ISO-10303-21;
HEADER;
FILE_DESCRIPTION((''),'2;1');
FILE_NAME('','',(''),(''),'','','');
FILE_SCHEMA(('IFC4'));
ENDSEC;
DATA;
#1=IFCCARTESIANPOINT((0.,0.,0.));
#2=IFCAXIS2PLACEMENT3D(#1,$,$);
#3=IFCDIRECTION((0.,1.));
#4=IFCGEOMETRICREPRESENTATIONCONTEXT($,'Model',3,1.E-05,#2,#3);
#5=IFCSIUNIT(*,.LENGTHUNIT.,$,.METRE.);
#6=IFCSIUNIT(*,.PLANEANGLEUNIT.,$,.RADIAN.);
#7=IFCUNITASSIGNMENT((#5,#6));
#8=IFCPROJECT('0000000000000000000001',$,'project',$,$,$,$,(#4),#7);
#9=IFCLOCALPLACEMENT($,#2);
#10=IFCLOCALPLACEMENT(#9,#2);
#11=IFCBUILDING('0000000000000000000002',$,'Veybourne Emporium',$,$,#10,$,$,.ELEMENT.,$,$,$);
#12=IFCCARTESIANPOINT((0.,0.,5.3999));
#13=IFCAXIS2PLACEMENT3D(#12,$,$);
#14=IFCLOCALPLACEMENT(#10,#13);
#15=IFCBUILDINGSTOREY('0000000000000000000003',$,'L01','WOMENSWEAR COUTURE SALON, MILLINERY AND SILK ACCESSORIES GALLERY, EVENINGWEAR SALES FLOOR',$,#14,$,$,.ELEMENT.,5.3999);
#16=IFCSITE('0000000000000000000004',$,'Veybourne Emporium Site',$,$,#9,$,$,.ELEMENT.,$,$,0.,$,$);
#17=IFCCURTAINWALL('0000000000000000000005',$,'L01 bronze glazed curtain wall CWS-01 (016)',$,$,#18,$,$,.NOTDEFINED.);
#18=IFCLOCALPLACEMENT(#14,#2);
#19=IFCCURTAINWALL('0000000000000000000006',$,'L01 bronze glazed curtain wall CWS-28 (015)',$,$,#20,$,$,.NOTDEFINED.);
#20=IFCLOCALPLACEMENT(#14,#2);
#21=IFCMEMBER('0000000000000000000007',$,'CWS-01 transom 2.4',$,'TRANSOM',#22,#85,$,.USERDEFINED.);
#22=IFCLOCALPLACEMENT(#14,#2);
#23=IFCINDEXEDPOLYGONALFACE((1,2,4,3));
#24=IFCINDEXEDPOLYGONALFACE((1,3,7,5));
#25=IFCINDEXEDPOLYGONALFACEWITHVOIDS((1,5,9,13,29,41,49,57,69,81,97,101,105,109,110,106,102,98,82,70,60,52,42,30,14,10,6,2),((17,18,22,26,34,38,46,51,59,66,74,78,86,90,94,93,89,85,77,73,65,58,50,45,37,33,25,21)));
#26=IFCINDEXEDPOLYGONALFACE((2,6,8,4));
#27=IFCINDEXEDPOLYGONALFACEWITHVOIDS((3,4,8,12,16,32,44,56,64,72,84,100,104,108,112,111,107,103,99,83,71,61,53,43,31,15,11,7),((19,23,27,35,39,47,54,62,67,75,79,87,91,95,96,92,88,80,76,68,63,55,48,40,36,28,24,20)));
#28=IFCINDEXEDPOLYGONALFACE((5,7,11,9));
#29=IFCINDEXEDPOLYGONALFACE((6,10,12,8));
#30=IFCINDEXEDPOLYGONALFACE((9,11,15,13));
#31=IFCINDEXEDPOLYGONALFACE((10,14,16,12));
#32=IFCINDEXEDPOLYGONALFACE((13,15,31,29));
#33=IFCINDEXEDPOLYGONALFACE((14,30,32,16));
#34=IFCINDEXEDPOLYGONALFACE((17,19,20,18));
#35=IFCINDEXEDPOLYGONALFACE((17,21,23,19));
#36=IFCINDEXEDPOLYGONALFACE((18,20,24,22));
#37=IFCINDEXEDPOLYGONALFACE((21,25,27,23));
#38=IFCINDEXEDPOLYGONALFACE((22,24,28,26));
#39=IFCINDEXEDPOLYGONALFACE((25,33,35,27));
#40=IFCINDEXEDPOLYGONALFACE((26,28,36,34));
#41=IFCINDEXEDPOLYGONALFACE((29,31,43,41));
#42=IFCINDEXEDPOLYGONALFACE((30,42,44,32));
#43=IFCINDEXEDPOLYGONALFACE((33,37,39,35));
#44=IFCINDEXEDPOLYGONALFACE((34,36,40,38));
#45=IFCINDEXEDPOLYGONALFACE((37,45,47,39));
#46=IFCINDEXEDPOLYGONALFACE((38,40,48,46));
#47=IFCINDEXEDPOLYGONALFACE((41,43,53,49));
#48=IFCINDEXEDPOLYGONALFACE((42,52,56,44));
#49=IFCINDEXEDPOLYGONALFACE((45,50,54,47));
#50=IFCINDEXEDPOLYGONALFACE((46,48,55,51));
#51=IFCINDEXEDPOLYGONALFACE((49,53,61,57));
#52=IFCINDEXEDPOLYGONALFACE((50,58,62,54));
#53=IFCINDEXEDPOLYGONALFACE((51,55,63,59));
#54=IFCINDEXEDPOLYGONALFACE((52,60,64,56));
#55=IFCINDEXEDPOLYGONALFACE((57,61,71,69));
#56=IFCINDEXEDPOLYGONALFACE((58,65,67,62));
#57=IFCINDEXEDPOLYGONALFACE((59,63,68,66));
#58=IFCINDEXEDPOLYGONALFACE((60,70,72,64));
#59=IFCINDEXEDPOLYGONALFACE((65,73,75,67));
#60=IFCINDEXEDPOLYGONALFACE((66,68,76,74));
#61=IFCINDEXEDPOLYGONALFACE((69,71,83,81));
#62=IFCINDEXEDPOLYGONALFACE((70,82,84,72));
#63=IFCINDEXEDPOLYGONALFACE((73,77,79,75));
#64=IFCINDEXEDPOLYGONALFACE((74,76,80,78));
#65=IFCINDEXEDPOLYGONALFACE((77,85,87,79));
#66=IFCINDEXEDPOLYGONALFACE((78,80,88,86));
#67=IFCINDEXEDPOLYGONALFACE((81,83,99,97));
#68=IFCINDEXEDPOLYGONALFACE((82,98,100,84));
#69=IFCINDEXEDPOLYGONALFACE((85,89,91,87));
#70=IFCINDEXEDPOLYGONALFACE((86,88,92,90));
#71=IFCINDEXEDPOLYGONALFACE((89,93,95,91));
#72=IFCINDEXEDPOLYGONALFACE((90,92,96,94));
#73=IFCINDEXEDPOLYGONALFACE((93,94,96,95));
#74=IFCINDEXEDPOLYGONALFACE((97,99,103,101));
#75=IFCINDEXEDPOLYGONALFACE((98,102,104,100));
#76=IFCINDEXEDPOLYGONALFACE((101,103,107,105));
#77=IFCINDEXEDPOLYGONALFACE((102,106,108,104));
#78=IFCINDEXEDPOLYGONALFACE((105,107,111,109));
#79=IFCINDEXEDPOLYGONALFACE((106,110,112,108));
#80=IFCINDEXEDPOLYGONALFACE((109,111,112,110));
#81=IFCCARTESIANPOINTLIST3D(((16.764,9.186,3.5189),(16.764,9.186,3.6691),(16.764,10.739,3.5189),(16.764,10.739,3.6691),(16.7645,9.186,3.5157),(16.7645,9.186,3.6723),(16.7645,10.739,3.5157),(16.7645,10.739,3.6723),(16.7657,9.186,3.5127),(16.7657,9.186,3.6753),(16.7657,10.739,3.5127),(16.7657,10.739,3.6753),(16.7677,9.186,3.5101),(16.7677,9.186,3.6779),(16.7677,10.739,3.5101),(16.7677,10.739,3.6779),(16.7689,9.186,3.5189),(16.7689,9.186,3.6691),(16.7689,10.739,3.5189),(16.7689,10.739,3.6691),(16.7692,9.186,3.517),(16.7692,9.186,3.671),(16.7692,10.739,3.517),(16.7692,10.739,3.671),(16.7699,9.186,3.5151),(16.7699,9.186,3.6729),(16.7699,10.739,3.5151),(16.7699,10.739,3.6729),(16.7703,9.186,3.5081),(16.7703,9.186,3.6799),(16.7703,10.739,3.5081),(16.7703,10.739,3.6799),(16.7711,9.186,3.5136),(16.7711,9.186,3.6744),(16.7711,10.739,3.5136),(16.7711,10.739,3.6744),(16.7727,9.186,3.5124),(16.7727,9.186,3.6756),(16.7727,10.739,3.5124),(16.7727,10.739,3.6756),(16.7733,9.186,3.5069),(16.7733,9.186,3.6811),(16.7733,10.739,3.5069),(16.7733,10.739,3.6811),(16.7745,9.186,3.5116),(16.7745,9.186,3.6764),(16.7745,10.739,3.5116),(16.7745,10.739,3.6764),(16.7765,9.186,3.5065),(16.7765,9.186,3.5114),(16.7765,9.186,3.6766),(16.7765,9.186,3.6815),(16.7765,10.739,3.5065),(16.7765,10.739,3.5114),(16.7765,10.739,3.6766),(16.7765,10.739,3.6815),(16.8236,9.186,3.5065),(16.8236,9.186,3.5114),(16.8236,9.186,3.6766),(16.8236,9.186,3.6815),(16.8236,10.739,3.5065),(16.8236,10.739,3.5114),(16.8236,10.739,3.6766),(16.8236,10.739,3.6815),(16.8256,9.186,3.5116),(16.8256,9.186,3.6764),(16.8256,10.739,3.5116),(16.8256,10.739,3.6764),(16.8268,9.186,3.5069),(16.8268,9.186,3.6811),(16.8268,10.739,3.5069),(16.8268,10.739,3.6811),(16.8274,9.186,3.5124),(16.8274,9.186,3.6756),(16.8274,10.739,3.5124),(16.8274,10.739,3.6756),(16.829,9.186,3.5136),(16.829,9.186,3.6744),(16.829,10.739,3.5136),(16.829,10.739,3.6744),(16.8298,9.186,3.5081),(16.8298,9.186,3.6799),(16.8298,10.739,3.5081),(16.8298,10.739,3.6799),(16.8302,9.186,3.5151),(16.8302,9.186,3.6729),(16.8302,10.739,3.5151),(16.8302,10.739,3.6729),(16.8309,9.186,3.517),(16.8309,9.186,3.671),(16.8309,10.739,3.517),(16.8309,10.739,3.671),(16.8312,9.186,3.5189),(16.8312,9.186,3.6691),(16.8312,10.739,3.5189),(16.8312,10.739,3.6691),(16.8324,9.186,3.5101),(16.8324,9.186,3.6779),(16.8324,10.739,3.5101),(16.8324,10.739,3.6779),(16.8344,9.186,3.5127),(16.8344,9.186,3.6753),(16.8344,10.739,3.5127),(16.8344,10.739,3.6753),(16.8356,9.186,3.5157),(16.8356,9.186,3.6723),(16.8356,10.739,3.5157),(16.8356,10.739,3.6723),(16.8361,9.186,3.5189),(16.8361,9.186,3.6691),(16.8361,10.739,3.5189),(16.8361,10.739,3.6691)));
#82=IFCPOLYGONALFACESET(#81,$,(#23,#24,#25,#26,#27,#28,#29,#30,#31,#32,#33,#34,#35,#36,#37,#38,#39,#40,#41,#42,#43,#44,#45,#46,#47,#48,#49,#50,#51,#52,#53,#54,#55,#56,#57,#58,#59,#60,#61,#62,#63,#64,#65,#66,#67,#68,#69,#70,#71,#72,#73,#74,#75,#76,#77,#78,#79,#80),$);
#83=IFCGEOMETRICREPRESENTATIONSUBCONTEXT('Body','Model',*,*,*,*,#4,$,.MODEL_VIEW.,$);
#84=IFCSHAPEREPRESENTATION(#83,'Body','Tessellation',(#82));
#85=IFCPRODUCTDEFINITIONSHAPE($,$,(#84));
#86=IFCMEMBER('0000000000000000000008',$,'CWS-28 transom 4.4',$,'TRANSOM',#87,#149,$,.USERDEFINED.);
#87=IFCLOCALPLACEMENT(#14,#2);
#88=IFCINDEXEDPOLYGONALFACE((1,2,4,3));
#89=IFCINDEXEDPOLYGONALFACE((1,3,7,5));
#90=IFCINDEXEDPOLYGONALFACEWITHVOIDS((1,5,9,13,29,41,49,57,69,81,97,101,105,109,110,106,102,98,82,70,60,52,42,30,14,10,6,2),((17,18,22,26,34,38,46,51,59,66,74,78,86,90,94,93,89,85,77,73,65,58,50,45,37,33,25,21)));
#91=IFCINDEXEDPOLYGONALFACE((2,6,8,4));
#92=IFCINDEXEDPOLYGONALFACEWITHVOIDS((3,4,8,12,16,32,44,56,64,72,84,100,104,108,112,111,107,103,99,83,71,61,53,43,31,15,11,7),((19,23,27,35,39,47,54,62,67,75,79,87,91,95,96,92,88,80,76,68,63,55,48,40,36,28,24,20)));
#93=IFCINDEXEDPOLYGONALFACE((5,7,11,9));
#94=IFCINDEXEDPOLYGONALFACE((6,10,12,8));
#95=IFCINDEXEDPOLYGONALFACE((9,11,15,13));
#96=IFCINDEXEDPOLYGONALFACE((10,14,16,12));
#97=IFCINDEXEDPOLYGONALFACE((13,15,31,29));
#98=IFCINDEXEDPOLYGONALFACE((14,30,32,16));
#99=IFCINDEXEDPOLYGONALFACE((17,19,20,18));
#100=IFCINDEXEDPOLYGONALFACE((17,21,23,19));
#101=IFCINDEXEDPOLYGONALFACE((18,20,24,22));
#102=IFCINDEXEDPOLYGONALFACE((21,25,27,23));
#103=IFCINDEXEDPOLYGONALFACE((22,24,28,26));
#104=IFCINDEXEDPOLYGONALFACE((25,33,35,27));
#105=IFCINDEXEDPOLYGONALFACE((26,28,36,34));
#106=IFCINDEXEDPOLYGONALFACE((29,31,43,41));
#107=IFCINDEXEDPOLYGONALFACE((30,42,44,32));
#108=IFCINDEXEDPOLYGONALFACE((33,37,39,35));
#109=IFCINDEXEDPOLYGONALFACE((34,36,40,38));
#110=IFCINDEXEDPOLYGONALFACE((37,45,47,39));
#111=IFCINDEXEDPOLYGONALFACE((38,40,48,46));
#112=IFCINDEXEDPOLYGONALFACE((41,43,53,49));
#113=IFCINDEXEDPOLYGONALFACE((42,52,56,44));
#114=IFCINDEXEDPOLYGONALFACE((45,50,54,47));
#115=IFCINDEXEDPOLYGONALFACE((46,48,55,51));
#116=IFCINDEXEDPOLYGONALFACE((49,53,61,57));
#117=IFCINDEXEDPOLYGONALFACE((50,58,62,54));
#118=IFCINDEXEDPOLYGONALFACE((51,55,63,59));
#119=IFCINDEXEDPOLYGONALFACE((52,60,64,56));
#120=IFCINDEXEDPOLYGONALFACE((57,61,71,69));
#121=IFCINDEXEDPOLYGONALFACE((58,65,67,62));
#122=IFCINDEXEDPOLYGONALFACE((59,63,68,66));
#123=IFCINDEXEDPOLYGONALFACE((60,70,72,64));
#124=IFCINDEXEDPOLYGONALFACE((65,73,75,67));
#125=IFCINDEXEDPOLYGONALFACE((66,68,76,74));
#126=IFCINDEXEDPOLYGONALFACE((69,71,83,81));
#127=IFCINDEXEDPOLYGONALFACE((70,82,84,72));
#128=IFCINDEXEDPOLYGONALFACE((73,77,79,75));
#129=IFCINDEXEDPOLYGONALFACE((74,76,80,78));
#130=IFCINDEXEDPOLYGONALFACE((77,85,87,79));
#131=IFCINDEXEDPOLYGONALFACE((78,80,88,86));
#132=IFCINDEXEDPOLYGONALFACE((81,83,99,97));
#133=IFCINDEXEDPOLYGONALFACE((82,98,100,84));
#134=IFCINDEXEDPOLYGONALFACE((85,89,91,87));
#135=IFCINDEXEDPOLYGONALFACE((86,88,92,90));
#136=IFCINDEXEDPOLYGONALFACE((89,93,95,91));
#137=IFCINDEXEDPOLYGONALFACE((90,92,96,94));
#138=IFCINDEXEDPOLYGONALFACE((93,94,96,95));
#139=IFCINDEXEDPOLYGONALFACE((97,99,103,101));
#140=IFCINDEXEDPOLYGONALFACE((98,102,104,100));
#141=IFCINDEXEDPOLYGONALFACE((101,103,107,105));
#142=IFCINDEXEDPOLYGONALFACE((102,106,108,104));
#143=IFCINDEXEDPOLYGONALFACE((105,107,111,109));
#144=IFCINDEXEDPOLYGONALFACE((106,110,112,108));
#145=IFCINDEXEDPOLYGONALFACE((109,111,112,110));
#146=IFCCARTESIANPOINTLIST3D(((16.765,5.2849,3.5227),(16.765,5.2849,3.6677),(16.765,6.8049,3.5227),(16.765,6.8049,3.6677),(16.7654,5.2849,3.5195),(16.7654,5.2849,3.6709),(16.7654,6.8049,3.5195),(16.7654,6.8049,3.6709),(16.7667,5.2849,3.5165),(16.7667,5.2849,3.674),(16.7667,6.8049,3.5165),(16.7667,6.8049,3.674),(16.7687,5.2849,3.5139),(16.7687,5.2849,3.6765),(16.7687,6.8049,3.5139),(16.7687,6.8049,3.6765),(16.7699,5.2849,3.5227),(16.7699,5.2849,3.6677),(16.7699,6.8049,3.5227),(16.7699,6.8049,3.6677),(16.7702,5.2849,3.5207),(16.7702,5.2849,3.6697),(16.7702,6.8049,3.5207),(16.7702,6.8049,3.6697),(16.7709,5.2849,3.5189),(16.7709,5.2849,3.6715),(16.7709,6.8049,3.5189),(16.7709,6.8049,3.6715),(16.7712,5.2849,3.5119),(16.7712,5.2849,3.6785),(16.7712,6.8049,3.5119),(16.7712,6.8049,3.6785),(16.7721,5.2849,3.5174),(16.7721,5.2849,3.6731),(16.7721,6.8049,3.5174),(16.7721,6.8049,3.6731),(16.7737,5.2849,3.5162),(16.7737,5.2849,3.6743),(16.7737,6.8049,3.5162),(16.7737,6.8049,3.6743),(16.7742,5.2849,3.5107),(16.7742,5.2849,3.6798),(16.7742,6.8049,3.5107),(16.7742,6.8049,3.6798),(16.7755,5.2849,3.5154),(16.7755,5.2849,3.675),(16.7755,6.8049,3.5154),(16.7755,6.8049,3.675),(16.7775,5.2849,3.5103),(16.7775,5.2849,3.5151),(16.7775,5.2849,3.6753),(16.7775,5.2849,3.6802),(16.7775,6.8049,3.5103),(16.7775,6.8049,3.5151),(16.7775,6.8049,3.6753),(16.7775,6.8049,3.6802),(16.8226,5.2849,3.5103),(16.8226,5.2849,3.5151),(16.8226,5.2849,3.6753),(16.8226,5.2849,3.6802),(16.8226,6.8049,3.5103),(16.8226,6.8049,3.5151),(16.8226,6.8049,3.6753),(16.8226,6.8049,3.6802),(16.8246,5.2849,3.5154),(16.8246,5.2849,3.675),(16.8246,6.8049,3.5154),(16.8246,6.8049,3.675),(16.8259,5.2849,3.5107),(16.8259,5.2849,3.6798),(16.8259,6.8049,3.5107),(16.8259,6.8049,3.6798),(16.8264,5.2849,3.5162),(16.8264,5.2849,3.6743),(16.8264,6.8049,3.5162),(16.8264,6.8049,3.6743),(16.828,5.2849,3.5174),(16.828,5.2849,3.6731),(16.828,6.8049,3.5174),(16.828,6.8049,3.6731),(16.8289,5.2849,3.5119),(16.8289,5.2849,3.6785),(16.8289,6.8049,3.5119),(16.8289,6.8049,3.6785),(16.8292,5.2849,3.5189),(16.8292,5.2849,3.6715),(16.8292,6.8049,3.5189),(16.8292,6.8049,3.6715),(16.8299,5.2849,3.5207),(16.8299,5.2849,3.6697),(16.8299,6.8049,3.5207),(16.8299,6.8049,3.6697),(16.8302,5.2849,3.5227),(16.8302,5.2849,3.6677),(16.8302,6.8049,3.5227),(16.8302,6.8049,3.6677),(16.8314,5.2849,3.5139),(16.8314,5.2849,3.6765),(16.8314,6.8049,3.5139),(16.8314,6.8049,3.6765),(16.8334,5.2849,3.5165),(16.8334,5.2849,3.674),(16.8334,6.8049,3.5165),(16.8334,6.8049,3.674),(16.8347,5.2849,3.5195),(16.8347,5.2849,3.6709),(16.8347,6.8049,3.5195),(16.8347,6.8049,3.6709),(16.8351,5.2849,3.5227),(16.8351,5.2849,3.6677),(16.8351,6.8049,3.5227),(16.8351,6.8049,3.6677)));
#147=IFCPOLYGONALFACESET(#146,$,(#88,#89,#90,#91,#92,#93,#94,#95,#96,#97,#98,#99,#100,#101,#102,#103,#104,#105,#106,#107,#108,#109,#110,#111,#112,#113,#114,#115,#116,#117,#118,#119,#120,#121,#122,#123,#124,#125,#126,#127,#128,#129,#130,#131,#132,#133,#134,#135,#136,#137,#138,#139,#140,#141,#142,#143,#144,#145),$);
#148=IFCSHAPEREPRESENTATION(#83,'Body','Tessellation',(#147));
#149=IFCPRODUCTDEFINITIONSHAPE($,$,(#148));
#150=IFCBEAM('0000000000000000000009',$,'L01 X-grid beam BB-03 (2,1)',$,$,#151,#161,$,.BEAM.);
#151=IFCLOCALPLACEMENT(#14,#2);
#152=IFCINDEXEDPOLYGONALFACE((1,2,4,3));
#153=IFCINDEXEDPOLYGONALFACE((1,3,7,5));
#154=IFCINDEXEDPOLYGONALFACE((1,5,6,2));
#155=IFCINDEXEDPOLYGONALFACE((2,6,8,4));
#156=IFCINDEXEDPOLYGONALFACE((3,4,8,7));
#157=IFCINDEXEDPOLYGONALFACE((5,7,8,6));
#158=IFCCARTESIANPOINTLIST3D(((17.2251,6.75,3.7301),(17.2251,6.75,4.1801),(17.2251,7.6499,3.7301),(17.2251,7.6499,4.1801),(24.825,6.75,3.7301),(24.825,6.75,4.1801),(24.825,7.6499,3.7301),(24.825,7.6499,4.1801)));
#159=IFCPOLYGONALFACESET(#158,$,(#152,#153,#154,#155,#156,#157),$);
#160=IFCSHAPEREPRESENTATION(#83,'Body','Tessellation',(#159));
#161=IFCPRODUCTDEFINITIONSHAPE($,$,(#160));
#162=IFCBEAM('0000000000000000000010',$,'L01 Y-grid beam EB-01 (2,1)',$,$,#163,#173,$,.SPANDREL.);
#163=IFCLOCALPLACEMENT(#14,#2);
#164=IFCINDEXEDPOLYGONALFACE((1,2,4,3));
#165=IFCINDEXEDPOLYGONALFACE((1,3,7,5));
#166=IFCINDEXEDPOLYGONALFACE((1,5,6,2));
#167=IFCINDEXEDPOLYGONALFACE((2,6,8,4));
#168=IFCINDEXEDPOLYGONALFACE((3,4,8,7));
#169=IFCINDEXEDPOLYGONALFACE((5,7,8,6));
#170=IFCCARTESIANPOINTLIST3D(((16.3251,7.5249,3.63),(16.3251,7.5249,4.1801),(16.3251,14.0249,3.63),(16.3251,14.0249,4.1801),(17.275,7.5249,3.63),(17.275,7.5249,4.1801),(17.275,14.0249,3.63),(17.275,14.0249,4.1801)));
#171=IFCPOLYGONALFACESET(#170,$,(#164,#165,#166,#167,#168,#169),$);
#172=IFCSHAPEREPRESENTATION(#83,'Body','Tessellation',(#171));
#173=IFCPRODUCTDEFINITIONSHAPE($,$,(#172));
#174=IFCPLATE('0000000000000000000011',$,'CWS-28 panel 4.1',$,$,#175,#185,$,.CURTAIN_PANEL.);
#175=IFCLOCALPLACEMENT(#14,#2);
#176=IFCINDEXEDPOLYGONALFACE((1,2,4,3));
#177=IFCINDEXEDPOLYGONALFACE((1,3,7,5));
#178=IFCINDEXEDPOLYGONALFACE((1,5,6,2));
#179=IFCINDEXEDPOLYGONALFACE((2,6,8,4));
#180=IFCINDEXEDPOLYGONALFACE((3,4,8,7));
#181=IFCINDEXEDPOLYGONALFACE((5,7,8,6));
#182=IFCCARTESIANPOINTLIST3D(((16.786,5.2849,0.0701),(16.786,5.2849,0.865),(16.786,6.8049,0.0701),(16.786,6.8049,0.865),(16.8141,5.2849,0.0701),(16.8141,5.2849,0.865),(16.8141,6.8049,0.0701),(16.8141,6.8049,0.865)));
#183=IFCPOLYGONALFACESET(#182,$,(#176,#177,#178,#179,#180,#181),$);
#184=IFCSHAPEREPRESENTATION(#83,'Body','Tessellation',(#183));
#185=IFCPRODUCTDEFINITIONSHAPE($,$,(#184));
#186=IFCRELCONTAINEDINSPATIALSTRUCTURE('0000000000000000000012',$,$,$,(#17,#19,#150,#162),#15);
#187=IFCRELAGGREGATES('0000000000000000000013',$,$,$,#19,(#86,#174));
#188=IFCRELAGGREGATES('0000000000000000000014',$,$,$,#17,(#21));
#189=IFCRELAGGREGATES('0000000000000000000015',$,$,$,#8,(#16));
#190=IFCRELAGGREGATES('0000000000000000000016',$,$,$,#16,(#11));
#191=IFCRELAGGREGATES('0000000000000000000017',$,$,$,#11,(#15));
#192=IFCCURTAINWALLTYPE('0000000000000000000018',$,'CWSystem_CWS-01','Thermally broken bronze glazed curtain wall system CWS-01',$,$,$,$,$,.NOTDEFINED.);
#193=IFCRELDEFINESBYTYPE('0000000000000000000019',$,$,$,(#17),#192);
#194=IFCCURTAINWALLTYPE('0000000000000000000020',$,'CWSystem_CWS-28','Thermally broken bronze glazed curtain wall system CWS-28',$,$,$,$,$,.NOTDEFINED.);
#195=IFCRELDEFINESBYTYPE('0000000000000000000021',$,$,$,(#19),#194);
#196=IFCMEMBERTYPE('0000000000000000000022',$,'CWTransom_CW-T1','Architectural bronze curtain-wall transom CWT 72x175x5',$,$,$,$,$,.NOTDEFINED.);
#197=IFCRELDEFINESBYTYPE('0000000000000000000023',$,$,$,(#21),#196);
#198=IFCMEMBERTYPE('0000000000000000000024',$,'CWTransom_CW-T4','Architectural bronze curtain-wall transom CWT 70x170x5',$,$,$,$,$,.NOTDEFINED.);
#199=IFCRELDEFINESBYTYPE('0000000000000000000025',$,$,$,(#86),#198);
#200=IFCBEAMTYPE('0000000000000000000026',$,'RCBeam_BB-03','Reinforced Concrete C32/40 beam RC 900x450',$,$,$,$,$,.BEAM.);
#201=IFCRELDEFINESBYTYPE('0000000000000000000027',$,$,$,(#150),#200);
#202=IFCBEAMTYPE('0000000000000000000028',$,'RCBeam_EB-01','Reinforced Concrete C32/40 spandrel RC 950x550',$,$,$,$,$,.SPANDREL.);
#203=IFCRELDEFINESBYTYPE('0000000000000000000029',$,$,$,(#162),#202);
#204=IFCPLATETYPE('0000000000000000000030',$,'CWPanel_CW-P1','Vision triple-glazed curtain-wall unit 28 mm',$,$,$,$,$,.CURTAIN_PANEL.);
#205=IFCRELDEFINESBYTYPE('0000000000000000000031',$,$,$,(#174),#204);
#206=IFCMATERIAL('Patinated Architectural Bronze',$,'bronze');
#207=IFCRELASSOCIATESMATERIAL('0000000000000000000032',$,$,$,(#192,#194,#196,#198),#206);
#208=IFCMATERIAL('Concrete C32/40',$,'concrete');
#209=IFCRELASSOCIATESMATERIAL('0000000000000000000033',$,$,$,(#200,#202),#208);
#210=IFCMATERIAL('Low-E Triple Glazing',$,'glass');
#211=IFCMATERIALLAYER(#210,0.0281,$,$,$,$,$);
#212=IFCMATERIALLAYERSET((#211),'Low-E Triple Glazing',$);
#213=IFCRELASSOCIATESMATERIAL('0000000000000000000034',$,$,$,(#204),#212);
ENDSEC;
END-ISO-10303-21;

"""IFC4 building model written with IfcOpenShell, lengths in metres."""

from ifc_helpers import new_model, si_unit, direction, frame, origin, origin_2d, place, context, subcontext, project, spatial, rectangle, hollow_rectangle, extrude, material, layer, layer_set, material_profile, profile_set, type_object, element, aggregate, save


model = new_model("IFC4")

# Units and contexts
model_context = context("Model", 3, precision=1e-05, world=origin(), true_north=direction((0.0, 1.0)))
body_context = subcontext(model_context, "Body", "Model", "MODEL_VIEW")
ifc_project = project(units=[si_unit("LENGTHUNIT", "METRE"), si_unit("PLANEANGLEUNIT", "RADIAN")], contexts=[model_context])

# Site, building, storey
site_placement = place(None, origin())
site = spatial("IfcSite", under=ifc_project, at=site_placement, Name="Veybourne Emporium Site", CompositionType="ELEMENT", RefElevation=0.0)
building_placement = place(site_placement, origin())
building = spatial("IfcBuilding", under=site, at=building_placement, Name="Veybourne Emporium", CompositionType="ELEMENT")
storey_placement = place(building_placement, frame((0.0, 0.0, 5.3999)))
storey = spatial("IfcBuildingStorey", under=building, at=storey_placement, Name="L01", Description="WOMENSWEAR COUTURE SALON, MILLINERY AND SILK ACCESSORIES GALLERY, EVENINGWEAR SALES FLOOR", CompositionType="ELEMENT", Elevation=5.3999)

# Curtain wall
ifc_material_1 = material(Name="Patinated Architectural Bronze", Category="bronze")
curtain_wall_type_1 = type_object("IfcCurtainWallType", Name="CWSystem_CWS-01", Description="Thermally broken bronze glazed curtain wall system CWS-01", PredefinedType="NOTDEFINED", material=ifc_material_1)
curtain_wall_1_placement = place(storey_placement, origin())
curtain_wall_1 = element("IfcCurtainWall", 1, at=curtain_wall_1_placement, inside=storey, type_object=curtain_wall_type_1, Name="L01 bronze glazed curtain wall CWS-01 (016)", PredefinedType="NOTDEFINED")

# Curtain wall
curtain_wall_type_2 = type_object("IfcCurtainWallType", Name="CWSystem_CWS-28", Description="Thermally broken bronze glazed curtain wall system CWS-28", PredefinedType="NOTDEFINED", material=ifc_material_1)
curtain_wall_2_placement = place(storey_placement, origin())
curtain_wall_2 = element("IfcCurtainWall", 2, at=curtain_wall_2_placement, inside=storey, type_object=curtain_wall_type_2, Name="L01 bronze glazed curtain wall CWS-28 (015)", PredefinedType="NOTDEFINED")

# Members
ifc_material_profile_1 = material_profile(ifc_material_1, hollow_rectangle(XDim=0.072, YDim=0.175, WallThickness=0.0049, InnerFilletRadius=0.0076, OuterFilletRadius=0.0125, at=origin_2d()), Name="CWT 72x175x5")
ifc_profile_set_1 = profile_set([ifc_material_profile_1], Name="Patinated Architectural Bronze")
member_type_1 = type_object("IfcMemberType", Name="CWTransom_CW-T1", Description="Architectural bronze curtain-wall transom CWT 72x175x5", PredefinedType="NOTDEFINED", material=ifc_profile_set_1)
member_1_placement = place(storey_placement, frame((16.8, 9.186, 3.594), z_axis=(0.0, 1.0, 0.0), x_axis=(-1.0, 0.0, 0.0)))
member_1 = element("IfcMember", 3, at=member_1_placement, type_object=member_type_1, Name="CWS-01 transom 2.4", ObjectType="TRANSOM", PredefinedType="USERDEFINED", context=body_context, shape_type="SweptSolid", body=[
    extrude(hollow_rectangle(XDim=0.072, YDim=0.175, WallThickness=0.0049, InnerFilletRadius=0.0076, OuterFilletRadius=0.0125, at=origin_2d()), origin(), (0.0, 0.0, 1.0), 1.553),
])
ifc_material_profile_2 = material_profile(ifc_material_1, hollow_rectangle(XDim=0.0701, YDim=0.1699, WallThickness=0.0049, InnerFilletRadius=0.0076, OuterFilletRadius=0.0125, at=origin_2d()), Name="CWT 70x170x5")
ifc_profile_set_2 = profile_set([ifc_material_profile_2], Name="Patinated Architectural Bronze")
member_type_2 = type_object("IfcMemberType", Name="CWTransom_CW-T4", Description="Architectural bronze curtain-wall transom CWT 70x170x5", PredefinedType="NOTDEFINED", material=ifc_profile_set_2)
member_2_placement = place(storey_placement, frame((16.8, 5.2849, 3.5952), z_axis=(0.0, 1.0, 0.0), x_axis=(-1.0, 0.0, 0.0)))
member_2 = element("IfcMember", 4, at=member_2_placement, type_object=member_type_2, Name="CWS-28 transom 4.4", ObjectType="TRANSOM", PredefinedType="USERDEFINED", context=body_context, shape_type="SweptSolid", body=[
    extrude(hollow_rectangle(XDim=0.0701, YDim=0.1699, WallThickness=0.0049, InnerFilletRadius=0.0076, OuterFilletRadius=0.0125, at=origin_2d()), origin(), (0.0, 0.0, 1.0), 1.52),
])

# Beams
ifc_material_2 = material(Name="Concrete C32/40", Category="concrete")
ifc_material_profile_3 = material_profile(ifc_material_2, rectangle(XDim=0.8999, YDim=0.45, at=origin_2d()), Name="RC 900x450")
ifc_profile_set_3 = profile_set([ifc_material_profile_3], Name="Concrete C32/40")
beam_type_1 = type_object("IfcBeamType", Name="RCBeam_BB-03", Description="Reinforced Concrete C32/40 beam RC 900x450", PredefinedType="BEAM", material=ifc_profile_set_3)
beam_1_placement = place(storey_placement, frame((17.2251, 7.2, 3.9551), z_axis=(1.0, 0.0, 0.0), x_axis=(0.0, 1.0, 0.0)))
element("IfcBeam", 5, at=beam_1_placement, inside=storey, type_object=beam_type_1, Name="L01 X-grid beam BB-03 (2,1)", PredefinedType="BEAM", context=body_context, shape_type="SweptSolid", body=[
    extrude(rectangle(XDim=0.8999, YDim=0.45, at=origin_2d()), origin(), (0.0, 0.0, 1.0), 7.5999),
])
ifc_material_profile_4 = material_profile(ifc_material_2, rectangle(XDim=0.95, YDim=0.55, at=origin_2d()), Name="RC 950x550")
ifc_profile_set_4 = profile_set([ifc_material_profile_4], Name="Concrete C32/40")
beam_type_2 = type_object("IfcBeamType", Name="RCBeam_EB-01", Description="Reinforced Concrete C32/40 spandrel RC 950x550", PredefinedType="SPANDREL", material=ifc_profile_set_4)
beam_2_placement = place(storey_placement, frame((16.8, 7.5249, 3.905), z_axis=(0.0, 1.0, 0.0), x_axis=(-1.0, 0.0, 0.0)))
element("IfcBeam", 6, at=beam_2_placement, inside=storey, type_object=beam_type_2, Name="L01 Y-grid beam EB-01 (2,1)", PredefinedType="SPANDREL", context=body_context, shape_type="SweptSolid", body=[
    extrude(rectangle(XDim=0.95, YDim=0.55, at=origin_2d()), origin(), (0.0, 0.0, 1.0), 6.5),
])

# Plate
ifc_material_3 = material(Name="Low-E Triple Glazing", Category="glass")
ifc_layer = layer(ifc_material_3, 0.0281)
ifc_layer_set = layer_set([ifc_layer], Name="Low-E Triple Glazing")
plate_type = type_object("IfcPlateType", Name="CWPanel_CW-P1", Description="Vision triple-glazed curtain-wall unit 28 mm", PredefinedType="CURTAIN_PANEL", material=ifc_layer_set)
plate_1_placement = place(storey_placement, frame((16.8, 6.0449, 0.0701), z_axis=(0.0, 0.0, 1.0), x_axis=(0.0, 1.0, 0.0)))
plate_1 = element("IfcPlate", 7, at=plate_1_placement, type_object=plate_type, Name="CWS-28 panel 4.1", PredefinedType="CURTAIN_PANEL", context=body_context, shape_type="SweptSolid", body=[
    extrude(rectangle(XDim=1.52, YDim=0.0281, at=origin_2d()), origin(), (0.0, 0.0, 1.0), 0.7949),
])
aggregate(curtain_wall_2, [member_2, plate_1])
aggregate(curtain_wall_1, [member_1])

save(model, "model.ifc")
